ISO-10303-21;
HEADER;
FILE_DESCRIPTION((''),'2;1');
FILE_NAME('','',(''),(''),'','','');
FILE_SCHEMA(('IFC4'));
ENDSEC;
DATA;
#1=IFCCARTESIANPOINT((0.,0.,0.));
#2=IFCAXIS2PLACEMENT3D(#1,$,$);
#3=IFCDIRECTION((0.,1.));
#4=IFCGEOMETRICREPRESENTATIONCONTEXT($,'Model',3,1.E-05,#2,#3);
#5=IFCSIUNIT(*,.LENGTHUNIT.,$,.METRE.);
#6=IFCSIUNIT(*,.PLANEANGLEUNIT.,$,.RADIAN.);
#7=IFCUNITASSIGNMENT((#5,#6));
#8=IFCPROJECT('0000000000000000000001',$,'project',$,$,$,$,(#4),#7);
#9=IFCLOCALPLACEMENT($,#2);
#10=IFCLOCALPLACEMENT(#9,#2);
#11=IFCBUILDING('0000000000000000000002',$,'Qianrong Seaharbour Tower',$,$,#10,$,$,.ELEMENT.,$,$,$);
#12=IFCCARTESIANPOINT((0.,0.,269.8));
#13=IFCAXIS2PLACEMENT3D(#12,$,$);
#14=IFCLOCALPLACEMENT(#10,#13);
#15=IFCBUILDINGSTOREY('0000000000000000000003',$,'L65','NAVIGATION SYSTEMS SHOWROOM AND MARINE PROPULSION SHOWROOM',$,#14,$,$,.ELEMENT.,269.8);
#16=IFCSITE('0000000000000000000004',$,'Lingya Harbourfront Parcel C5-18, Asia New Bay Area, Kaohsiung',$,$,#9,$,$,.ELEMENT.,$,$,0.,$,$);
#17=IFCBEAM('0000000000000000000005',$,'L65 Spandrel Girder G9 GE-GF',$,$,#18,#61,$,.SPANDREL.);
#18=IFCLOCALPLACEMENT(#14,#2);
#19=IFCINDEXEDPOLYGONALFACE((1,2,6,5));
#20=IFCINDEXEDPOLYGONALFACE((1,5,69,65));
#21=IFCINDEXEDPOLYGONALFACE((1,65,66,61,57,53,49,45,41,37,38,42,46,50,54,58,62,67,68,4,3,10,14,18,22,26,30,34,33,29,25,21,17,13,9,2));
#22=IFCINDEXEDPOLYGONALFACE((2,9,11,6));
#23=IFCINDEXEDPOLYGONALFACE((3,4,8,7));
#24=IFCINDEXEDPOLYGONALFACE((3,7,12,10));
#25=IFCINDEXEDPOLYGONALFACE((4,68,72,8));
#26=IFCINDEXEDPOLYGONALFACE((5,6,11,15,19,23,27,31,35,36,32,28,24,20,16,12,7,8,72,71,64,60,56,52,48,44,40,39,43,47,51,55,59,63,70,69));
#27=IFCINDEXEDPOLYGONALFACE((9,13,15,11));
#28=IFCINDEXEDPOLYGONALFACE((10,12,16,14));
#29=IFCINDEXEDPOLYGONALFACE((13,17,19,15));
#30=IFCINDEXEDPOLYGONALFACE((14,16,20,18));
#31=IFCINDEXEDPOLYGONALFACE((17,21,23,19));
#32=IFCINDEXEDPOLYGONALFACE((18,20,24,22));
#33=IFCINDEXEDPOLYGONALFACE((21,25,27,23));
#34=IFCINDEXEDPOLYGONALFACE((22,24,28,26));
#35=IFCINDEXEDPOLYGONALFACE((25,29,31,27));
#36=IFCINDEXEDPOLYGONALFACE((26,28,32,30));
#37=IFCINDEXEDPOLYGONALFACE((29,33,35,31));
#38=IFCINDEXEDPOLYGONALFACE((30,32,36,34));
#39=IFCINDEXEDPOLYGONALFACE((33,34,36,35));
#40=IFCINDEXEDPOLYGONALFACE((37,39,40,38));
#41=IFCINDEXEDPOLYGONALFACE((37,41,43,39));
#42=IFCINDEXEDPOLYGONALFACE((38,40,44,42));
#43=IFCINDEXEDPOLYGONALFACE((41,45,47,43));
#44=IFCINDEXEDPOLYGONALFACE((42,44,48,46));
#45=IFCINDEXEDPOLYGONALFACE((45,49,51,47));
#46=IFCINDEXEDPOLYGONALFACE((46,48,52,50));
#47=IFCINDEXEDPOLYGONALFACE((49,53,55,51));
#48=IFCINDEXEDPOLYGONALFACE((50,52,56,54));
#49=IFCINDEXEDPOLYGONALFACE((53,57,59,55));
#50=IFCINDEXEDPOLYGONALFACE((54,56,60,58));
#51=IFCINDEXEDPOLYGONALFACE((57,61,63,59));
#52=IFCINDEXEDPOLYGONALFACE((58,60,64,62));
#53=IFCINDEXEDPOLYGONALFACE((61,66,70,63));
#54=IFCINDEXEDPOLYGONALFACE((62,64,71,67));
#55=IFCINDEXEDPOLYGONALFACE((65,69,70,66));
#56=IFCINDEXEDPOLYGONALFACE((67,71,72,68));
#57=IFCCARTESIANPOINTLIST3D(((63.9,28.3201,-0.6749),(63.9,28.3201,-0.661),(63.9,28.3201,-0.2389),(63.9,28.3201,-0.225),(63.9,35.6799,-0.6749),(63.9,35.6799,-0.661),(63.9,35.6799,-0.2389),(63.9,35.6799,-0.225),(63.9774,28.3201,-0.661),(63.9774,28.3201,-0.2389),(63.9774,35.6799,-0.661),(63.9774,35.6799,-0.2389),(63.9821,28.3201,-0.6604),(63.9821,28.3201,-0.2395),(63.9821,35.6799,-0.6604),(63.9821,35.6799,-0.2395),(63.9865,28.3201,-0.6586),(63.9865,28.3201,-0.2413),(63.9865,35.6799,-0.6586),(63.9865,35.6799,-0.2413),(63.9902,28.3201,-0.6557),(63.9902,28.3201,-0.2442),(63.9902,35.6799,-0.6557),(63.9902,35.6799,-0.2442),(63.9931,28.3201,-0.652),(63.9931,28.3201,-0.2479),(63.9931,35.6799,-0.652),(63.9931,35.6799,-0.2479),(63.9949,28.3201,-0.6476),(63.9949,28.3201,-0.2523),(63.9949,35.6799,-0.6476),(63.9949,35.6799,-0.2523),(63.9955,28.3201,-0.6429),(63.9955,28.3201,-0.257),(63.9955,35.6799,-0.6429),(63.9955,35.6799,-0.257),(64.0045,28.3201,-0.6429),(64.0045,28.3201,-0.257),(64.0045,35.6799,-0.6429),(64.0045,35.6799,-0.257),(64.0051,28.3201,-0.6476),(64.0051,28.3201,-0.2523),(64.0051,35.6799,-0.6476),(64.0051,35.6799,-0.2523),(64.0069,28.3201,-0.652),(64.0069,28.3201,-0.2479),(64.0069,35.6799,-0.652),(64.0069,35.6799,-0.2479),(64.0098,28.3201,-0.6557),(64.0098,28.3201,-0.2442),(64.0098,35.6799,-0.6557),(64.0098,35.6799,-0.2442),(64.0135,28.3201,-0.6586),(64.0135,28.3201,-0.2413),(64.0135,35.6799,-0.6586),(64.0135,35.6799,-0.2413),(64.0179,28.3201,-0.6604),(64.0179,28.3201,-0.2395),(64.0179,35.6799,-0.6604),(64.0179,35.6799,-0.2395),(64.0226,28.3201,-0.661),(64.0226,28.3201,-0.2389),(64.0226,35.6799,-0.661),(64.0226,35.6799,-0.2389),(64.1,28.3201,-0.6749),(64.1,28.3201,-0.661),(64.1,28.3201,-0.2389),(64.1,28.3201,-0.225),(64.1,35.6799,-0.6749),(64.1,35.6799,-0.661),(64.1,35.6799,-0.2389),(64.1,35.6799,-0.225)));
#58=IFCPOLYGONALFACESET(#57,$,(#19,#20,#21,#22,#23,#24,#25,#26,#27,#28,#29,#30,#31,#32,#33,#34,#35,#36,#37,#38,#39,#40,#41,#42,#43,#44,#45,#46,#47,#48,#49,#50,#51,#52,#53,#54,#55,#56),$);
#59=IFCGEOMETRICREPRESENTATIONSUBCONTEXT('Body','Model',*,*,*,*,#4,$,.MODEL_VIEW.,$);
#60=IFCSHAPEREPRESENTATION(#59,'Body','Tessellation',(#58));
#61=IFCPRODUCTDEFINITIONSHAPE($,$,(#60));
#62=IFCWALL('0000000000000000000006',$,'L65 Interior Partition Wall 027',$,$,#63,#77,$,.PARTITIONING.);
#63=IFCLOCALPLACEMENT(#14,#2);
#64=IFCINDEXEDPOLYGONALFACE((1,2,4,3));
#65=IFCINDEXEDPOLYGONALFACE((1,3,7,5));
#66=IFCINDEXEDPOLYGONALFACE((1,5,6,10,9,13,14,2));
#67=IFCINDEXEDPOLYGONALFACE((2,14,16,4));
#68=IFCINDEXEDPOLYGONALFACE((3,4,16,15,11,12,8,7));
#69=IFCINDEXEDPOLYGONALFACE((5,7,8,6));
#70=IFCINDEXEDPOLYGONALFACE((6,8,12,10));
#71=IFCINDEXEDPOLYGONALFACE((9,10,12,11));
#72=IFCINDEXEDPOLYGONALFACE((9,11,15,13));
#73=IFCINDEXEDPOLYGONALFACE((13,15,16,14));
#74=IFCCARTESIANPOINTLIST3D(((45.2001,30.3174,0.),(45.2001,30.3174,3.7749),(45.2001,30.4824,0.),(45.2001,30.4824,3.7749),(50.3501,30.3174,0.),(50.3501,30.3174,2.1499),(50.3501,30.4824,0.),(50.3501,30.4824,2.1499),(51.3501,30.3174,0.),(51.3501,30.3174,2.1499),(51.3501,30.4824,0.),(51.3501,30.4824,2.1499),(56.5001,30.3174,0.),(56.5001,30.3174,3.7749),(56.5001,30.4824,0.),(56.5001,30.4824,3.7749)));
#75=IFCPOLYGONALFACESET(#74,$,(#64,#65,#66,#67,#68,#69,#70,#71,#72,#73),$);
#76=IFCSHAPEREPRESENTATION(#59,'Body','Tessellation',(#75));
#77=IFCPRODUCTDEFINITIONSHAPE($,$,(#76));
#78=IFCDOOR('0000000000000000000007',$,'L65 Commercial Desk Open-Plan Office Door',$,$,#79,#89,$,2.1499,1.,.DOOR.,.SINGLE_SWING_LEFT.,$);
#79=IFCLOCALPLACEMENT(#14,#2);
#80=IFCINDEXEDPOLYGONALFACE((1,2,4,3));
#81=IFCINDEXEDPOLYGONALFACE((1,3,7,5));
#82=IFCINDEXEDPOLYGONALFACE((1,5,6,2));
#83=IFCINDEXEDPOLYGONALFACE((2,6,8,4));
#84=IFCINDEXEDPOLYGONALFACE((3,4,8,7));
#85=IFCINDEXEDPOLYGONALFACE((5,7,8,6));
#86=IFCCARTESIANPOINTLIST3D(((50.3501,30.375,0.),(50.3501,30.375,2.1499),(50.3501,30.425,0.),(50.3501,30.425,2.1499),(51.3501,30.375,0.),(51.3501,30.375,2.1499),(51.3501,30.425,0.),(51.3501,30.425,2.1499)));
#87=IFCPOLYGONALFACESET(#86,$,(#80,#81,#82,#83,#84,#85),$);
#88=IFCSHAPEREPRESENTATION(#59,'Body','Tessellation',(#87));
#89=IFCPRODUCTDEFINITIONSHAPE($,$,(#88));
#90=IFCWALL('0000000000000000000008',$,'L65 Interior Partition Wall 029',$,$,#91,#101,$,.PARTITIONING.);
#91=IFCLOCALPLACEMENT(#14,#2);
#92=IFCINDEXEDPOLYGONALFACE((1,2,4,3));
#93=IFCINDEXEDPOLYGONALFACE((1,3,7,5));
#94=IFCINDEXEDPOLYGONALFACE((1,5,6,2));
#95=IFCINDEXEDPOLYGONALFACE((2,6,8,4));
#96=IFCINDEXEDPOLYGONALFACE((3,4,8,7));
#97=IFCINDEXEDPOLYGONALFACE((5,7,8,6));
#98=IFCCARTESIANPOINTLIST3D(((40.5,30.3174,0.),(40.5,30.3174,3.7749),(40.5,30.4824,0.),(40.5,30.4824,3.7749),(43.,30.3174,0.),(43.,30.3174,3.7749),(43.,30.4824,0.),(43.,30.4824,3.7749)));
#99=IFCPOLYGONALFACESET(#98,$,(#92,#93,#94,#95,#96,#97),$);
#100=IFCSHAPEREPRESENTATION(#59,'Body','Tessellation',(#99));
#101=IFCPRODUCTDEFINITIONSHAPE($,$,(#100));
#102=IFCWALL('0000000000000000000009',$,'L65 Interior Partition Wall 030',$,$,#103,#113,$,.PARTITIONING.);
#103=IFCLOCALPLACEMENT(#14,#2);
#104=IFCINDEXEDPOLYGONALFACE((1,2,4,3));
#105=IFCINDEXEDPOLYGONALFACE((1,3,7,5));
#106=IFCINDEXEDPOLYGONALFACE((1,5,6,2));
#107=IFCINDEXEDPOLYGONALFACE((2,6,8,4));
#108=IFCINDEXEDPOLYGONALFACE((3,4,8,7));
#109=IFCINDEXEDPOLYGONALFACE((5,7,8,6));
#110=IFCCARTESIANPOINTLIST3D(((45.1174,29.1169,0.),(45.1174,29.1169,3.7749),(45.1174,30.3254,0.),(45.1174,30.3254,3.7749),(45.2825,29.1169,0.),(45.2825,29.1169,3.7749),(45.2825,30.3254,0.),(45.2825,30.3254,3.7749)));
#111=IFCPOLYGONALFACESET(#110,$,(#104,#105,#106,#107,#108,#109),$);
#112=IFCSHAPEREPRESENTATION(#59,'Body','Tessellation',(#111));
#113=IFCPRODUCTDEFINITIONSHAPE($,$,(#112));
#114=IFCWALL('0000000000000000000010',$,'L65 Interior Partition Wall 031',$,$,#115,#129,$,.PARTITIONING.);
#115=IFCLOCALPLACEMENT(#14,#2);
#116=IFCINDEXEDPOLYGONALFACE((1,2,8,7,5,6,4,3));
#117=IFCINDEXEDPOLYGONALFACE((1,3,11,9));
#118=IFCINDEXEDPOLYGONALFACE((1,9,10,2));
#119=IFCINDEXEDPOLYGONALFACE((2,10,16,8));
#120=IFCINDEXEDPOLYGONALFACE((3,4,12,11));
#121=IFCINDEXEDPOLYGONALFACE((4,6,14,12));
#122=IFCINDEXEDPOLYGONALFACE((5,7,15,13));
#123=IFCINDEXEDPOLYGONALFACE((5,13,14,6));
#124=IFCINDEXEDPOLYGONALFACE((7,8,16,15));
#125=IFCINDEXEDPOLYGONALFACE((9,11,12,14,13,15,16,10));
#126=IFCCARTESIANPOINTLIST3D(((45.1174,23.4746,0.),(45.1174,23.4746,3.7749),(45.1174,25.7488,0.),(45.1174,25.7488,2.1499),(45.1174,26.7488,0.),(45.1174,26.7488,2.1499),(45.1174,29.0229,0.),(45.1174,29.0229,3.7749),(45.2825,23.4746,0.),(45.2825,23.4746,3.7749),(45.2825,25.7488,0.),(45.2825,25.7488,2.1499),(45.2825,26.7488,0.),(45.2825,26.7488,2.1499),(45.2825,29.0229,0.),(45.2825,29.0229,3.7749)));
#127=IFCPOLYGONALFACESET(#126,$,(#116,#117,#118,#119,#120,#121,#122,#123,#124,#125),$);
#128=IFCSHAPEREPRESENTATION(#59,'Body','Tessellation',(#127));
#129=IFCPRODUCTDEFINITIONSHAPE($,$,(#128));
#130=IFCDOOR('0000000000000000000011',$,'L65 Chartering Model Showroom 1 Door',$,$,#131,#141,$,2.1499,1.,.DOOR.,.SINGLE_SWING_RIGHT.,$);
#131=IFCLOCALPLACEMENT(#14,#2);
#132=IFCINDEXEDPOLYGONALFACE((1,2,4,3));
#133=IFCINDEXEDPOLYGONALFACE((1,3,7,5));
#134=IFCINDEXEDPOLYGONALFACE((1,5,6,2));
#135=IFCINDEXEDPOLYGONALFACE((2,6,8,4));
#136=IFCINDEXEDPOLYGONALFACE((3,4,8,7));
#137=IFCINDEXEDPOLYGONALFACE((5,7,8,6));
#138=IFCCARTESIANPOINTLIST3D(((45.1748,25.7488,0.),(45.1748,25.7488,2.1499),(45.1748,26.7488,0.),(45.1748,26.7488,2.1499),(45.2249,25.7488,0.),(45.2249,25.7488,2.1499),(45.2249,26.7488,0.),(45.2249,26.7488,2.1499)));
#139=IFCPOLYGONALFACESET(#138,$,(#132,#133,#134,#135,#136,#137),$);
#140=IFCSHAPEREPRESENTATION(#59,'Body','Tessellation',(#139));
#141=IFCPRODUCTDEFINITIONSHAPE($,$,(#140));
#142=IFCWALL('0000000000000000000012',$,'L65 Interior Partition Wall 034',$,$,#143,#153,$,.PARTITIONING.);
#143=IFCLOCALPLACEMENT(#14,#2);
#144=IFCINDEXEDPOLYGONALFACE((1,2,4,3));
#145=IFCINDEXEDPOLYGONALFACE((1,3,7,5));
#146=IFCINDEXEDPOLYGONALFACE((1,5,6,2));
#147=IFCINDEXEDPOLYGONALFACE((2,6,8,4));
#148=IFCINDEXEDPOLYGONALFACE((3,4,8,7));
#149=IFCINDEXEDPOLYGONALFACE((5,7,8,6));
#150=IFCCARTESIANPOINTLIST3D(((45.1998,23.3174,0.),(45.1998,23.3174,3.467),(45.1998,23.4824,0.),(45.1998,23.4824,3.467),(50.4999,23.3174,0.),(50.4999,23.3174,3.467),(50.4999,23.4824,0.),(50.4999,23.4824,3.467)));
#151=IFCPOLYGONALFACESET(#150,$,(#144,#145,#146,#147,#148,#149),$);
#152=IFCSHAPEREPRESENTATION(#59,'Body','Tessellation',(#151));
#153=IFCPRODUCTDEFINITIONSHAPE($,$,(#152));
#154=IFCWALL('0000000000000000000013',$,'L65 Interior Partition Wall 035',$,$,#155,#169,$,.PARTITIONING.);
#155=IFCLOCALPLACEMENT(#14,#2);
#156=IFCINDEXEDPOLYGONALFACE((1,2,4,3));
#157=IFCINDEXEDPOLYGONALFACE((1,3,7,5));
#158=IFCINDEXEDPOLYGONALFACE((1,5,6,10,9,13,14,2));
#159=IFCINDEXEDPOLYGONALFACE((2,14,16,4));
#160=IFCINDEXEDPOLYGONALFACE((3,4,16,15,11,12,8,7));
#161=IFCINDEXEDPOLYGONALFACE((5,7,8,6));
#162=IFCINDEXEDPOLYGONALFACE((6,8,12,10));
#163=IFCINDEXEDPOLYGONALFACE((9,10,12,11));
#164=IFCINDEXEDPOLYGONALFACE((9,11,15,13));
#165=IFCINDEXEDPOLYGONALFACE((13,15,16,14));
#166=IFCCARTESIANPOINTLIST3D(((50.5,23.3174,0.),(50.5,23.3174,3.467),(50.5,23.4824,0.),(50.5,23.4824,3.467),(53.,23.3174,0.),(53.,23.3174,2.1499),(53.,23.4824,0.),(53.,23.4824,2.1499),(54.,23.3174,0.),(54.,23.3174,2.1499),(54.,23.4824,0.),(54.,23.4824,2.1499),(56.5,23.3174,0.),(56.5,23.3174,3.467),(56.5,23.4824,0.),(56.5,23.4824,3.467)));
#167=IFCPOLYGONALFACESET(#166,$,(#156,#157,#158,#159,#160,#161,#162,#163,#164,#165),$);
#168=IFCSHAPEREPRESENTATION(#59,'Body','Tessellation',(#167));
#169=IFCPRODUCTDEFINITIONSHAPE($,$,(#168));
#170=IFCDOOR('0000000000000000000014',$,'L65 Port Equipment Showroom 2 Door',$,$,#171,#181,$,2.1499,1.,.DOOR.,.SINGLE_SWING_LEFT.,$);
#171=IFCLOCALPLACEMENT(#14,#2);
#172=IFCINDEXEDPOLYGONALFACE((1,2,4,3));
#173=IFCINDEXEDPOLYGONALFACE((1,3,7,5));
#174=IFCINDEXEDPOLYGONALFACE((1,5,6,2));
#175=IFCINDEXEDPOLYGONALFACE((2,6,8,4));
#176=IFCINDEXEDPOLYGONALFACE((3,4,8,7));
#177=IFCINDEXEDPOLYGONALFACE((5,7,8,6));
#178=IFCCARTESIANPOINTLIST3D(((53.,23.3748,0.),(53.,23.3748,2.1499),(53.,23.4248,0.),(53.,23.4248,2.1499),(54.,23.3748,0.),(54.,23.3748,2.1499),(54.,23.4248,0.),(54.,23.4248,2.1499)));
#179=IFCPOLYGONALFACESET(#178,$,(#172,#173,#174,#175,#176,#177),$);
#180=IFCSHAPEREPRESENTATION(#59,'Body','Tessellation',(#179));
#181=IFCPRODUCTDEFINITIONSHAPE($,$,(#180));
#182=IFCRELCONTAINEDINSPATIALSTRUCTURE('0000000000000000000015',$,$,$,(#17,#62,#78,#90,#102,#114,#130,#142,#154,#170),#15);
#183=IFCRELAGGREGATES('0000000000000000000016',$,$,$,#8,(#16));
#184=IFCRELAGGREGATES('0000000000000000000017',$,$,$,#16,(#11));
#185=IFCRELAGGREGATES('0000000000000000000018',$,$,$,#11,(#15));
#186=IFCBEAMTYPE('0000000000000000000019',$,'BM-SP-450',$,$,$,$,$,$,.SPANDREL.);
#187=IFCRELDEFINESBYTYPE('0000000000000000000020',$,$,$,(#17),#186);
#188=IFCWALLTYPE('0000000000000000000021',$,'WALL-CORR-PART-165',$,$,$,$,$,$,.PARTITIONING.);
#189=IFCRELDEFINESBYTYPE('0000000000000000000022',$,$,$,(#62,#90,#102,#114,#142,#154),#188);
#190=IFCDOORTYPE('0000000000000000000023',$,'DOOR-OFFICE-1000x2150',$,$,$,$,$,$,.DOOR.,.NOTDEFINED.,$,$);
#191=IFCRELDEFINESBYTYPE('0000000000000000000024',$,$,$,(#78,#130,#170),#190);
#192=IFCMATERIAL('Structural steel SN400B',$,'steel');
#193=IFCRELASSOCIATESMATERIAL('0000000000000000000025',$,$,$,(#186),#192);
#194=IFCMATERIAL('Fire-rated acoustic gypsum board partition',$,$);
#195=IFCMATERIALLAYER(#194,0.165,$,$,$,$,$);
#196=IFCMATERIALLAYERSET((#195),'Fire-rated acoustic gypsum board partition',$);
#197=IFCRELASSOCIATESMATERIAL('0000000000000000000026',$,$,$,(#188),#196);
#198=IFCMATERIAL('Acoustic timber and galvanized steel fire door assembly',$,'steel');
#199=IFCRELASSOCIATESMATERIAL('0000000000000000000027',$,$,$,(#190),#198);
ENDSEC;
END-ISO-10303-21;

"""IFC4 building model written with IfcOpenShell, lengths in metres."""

from ifc_helpers import new_model, si_unit, direction, frame, frame_2d, origin, origin_2d, place, context, subcontext, project, spatial, rectangle, i_section, extrude, material, layer, layer_set, material_profile, profile_set, type_object, element, fill, save


model = new_model("IFC4")

# Units and contexts
model_context = context("Model", 3, precision=1e-05, world=origin(), true_north=direction((0.0, 1.0)))
body_context = subcontext(model_context, "Body", "Model", "MODEL_VIEW")
ifc_project = project(units=[si_unit("LENGTHUNIT", "METRE"), si_unit("PLANEANGLEUNIT", "RADIAN")], contexts=[model_context])

# Site, building, storey
site_placement = place(None, origin())
site = spatial("IfcSite", under=ifc_project, at=site_placement, Name="Lingya Harbourfront Parcel C5-18, Asia New Bay Area, Kaohsiung", CompositionType="ELEMENT", RefElevation=0.0)
building_placement = place(site_placement, origin())
building = spatial("IfcBuilding", under=site, at=building_placement, Name="Qianrong Seaharbour Tower", CompositionType="ELEMENT")
storey_placement = place(building_placement, frame((0.0, 0.0, 269.8)))
storey = spatial("IfcBuildingStorey", under=building, at=storey_placement, Name="L65", Description="NAVIGATION SYSTEMS SHOWROOM AND MARINE PROPULSION SHOWROOM", CompositionType="ELEMENT", Elevation=269.8)

# Beam
ifc_material_1 = material(Name="Structural steel SN400B", Category="steel")
ifc_material_profile_1 = material_profile(ifc_material_1, i_section(OverallWidth=0.2, OverallDepth=0.45, WebThickness=0.009, FlangeThickness=0.0139, FilletRadius=0.0181, at=origin_2d()), Name="H450x200x9x14")
ifc_profile_set_1 = profile_set([ifc_material_profile_1], Name="Structural steel SN400B")
beam_type_1 = type_object("IfcBeamType", Name="BM-SP-450", PredefinedType="SPANDREL", material=ifc_profile_set_1)
beam_1_placement = place(storey_placement, frame((64.0, 28.3201, -0.45), z_axis=(0.0, 1.0, 0.0), x_axis=(-1.0, 0.0, 0.0)))
element("IfcBeam", 1, at=beam_1_placement, inside=storey, type_object=beam_type_1, Name="L65 Spandrel Girder G9 GE-GF", PredefinedType="SPANDREL", context=body_context, shape_type="SweptSolid", body=[
    extrude(i_section(OverallWidth=0.2, OverallDepth=0.45, WebThickness=0.009, FlangeThickness=0.0139, FilletRadius=0.0181, at=origin_2d()), origin(), (0.0, 0.0, 1.0), 7.3599),
])

# Wall, opening, door
ifc_material_2 = material(Name="Fire-rated acoustic gypsum board partition")
ifc_layer_1 = layer(ifc_material_2, 0.165)
ifc_layer_set_1 = layer_set([ifc_layer_1], Name="Fire-rated acoustic gypsum board partition")
wall_type_1 = type_object("IfcWallType", Name="WALL-CORR-PART-165", PredefinedType="PARTITIONING", material=ifc_layer_set_1)
wall_1_placement = place(storey_placement, frame((56.5, 30.3999, 0.0), z_axis=(0.0, 0.0, 1.0), x_axis=(-1.0, 0.0, 0.0)))
wall_1 = element("IfcWall", 2, at=wall_1_placement, inside=storey, type_object=wall_type_1, Name="L65 Interior Partition Wall 027", PredefinedType="PARTITIONING", context=body_context, shape_type="SweptSolid", body=[
    extrude(rectangle(XDim=11.3, YDim=0.165, at=frame_2d((5.6499, 0.0))), origin(), (0.0, 0.0, 1.0), 3.7749),
])
opening_1_placement = place(wall_1_placement, frame((5.1499, 0.0, 0.0)))
opening_1 = element("IfcOpeningElement", 3, at=opening_1_placement, cuts=wall_1, PredefinedType="OPENING", context=body_context, shape_type="SweptSolid", body=[
    extrude(rectangle(XDim=1.0, YDim=2.1499, at=frame_2d((0.5, 1.075))), frame((0.0, 0.0925, 0.0), z_axis=(0.0, -1.0, 0.0), x_axis=(1.0, 0.0, 0.0)), (0.0, 0.0, 1.0), 0.1851),
])
ifc_material_3 = material(Name="Acoustic timber and galvanized steel fire door assembly", Category="steel")
door_type_1 = type_object("IfcDoorType", Name="DOOR-OFFICE-1000x2150", OperationType="NOTDEFINED", PredefinedType="DOOR", material=ifc_material_3)
door_1_placement = place(opening_1_placement, origin())
door_1 = element("IfcDoor", 4, at=door_1_placement, inside=storey, type_object=door_type_1, Name="L65 Commercial Desk Open-Plan Office Door", OperationType="SINGLE_SWING_LEFT", OverallHeight=2.1499, OverallWidth=1.0, PredefinedType="DOOR", context=body_context, shape_type="SweptSolid", body=[
    extrude(rectangle(XDim=1.0, YDim=2.1499, at=frame_2d((0.5, 1.075))), frame((0.0, 0.0249, 0.0), z_axis=(0.0, -1.0, 0.0), x_axis=(1.0, 0.0, 0.0)), (0.0, 0.0, 1.0), 0.05),
])
fill(opening_1, door_1)

# Walls
wall_2_placement = place(storey_placement, frame((43.0, 30.3999, 0.0), z_axis=(0.0, 0.0, 1.0), x_axis=(-1.0, 0.0, 0.0)))
element("IfcWall", 5, at=wall_2_placement, inside=storey, type_object=wall_type_1, Name="L65 Interior Partition Wall 029", PredefinedType="PARTITIONING", context=body_context, shape_type="SweptSolid", body=[
    extrude(rectangle(XDim=2.5, YDim=0.165, at=frame_2d((1.25, 0.0))), origin(), (0.0, 0.0, 1.0), 3.7749),
])
wall_3_placement = place(storey_placement, frame((45.2, 30.3254, 0.0), z_axis=(0.0, 0.0, 1.0), x_axis=(0.0, -1.0, 0.0)))
element("IfcWall", 6, at=wall_3_placement, inside=storey, type_object=wall_type_1, Name="L65 Interior Partition Wall 030", PredefinedType="PARTITIONING", context=body_context, shape_type="SweptSolid", body=[
    extrude(rectangle(XDim=1.2085, YDim=0.165, at=frame_2d((0.6042, 0.0))), origin(), (0.0, 0.0, 1.0), 3.7749),
])

# Wall, opening, door
wall_4_placement = place(storey_placement, frame((45.2, 29.0229, 0.0), z_axis=(0.0, 0.0, 1.0), x_axis=(0.0, -1.0, 0.0)))
wall_4 = element("IfcWall", 7, at=wall_4_placement, inside=storey, type_object=wall_type_1, Name="L65 Interior Partition Wall 031", PredefinedType="PARTITIONING", context=body_context, shape_type="SweptSolid", body=[
    extrude(rectangle(XDim=5.5483, YDim=0.165, at=frame_2d((2.7742, 0.0))), origin(), (0.0, 0.0, 1.0), 3.7749),
])
opening_2_placement = place(wall_4_placement, frame((2.2742, 0.0, 0.0)))
opening_2 = element("IfcOpeningElement", 8, at=opening_2_placement, cuts=wall_4, PredefinedType="OPENING", context=body_context, shape_type="SweptSolid", body=[
    extrude(rectangle(XDim=1.0, YDim=2.1499, at=frame_2d((0.5, 1.075))), frame((0.0, 0.0925, 0.0), z_axis=(0.0, -1.0, 0.0), x_axis=(1.0, 0.0, 0.0)), (0.0, 0.0, 1.0), 0.1851),
])
door_2_placement = place(opening_2_placement, origin())
door_2 = element("IfcDoor", 9, at=door_2_placement, inside=storey, type_object=door_type_1, Name="L65 Chartering Model Showroom 1 Door", OperationType="SINGLE_SWING_RIGHT", OverallHeight=2.1499, OverallWidth=1.0, PredefinedType="DOOR", context=body_context, shape_type="SweptSolid", body=[
    extrude(rectangle(XDim=1.0, YDim=2.1499, at=frame_2d((0.5, 1.075))), frame((0.0, 0.0249, 0.0), z_axis=(0.0, -1.0, 0.0), x_axis=(1.0, 0.0, 0.0)), (0.0, 0.0, 1.0), 0.05),
])
fill(opening_2, door_2)

# Wall
wall_5_placement = place(storey_placement, frame((45.2, 23.3999, 0.0), z_axis=(0.0, 0.0, 1.0), x_axis=(1.0, 0.0, 0.0)))
element("IfcWall", 10, at=wall_5_placement, inside=storey, type_object=wall_type_1, Name="L65 Interior Partition Wall 034", PredefinedType="PARTITIONING", context=body_context, shape_type="SweptSolid", body=[
    extrude(rectangle(XDim=5.3, YDim=0.165, at=frame_2d((2.6499, 0.0))), origin(), (0.0, 0.0, 1.0), 3.467),
])

# Wall, opening, door
wall_6_placement = place(storey_placement, frame((50.5, 23.3999, 0.0), z_axis=(0.0, 0.0, 1.0), x_axis=(1.0, 0.0, 0.0)))
wall_6 = element("IfcWall", 11, at=wall_6_placement, inside=storey, type_object=wall_type_1, Name="L65 Interior Partition Wall 035", PredefinedType="PARTITIONING", context=body_context, shape_type="SweptSolid", body=[
    extrude(rectangle(XDim=6.0, YDim=0.165, at=frame_2d((3.0, 0.0))), origin(), (0.0, 0.0, 1.0), 3.467),
])
opening_3_placement = place(wall_6_placement, frame((2.5, 0.0, 0.0)))
opening_3 = element("IfcOpeningElement", 12, at=opening_3_placement, cuts=wall_6, PredefinedType="OPENING", context=body_context, shape_type="SweptSolid", body=[
    extrude(rectangle(XDim=1.0, YDim=2.1499, at=frame_2d((0.5, 1.075))), frame((0.0, 0.0925, 0.0), z_axis=(0.0, -1.0, 0.0), x_axis=(1.0, 0.0, 0.0)), (0.0, 0.0, 1.0), 0.1851),
])
door_3_placement = place(opening_3_placement, origin())
door_3 = element("IfcDoor", 13, at=door_3_placement, inside=storey, type_object=door_type_1, Name="L65 Port Equipment Showroom 2 Door", OperationType="SINGLE_SWING_LEFT", OverallHeight=2.1499, OverallWidth=1.0, PredefinedType="DOOR", context=body_context, shape_type="SweptSolid", body=[
    extrude(rectangle(XDim=1.0, YDim=2.1499, at=frame_2d((0.5, 1.075))), frame((0.0, 0.0249, 0.0), z_axis=(0.0, -1.0, 0.0), x_axis=(1.0, 0.0, 0.0)), (0.0, 0.0, 1.0), 0.05),
])
fill(opening_3, door_3)

save(model, "model.ifc")
